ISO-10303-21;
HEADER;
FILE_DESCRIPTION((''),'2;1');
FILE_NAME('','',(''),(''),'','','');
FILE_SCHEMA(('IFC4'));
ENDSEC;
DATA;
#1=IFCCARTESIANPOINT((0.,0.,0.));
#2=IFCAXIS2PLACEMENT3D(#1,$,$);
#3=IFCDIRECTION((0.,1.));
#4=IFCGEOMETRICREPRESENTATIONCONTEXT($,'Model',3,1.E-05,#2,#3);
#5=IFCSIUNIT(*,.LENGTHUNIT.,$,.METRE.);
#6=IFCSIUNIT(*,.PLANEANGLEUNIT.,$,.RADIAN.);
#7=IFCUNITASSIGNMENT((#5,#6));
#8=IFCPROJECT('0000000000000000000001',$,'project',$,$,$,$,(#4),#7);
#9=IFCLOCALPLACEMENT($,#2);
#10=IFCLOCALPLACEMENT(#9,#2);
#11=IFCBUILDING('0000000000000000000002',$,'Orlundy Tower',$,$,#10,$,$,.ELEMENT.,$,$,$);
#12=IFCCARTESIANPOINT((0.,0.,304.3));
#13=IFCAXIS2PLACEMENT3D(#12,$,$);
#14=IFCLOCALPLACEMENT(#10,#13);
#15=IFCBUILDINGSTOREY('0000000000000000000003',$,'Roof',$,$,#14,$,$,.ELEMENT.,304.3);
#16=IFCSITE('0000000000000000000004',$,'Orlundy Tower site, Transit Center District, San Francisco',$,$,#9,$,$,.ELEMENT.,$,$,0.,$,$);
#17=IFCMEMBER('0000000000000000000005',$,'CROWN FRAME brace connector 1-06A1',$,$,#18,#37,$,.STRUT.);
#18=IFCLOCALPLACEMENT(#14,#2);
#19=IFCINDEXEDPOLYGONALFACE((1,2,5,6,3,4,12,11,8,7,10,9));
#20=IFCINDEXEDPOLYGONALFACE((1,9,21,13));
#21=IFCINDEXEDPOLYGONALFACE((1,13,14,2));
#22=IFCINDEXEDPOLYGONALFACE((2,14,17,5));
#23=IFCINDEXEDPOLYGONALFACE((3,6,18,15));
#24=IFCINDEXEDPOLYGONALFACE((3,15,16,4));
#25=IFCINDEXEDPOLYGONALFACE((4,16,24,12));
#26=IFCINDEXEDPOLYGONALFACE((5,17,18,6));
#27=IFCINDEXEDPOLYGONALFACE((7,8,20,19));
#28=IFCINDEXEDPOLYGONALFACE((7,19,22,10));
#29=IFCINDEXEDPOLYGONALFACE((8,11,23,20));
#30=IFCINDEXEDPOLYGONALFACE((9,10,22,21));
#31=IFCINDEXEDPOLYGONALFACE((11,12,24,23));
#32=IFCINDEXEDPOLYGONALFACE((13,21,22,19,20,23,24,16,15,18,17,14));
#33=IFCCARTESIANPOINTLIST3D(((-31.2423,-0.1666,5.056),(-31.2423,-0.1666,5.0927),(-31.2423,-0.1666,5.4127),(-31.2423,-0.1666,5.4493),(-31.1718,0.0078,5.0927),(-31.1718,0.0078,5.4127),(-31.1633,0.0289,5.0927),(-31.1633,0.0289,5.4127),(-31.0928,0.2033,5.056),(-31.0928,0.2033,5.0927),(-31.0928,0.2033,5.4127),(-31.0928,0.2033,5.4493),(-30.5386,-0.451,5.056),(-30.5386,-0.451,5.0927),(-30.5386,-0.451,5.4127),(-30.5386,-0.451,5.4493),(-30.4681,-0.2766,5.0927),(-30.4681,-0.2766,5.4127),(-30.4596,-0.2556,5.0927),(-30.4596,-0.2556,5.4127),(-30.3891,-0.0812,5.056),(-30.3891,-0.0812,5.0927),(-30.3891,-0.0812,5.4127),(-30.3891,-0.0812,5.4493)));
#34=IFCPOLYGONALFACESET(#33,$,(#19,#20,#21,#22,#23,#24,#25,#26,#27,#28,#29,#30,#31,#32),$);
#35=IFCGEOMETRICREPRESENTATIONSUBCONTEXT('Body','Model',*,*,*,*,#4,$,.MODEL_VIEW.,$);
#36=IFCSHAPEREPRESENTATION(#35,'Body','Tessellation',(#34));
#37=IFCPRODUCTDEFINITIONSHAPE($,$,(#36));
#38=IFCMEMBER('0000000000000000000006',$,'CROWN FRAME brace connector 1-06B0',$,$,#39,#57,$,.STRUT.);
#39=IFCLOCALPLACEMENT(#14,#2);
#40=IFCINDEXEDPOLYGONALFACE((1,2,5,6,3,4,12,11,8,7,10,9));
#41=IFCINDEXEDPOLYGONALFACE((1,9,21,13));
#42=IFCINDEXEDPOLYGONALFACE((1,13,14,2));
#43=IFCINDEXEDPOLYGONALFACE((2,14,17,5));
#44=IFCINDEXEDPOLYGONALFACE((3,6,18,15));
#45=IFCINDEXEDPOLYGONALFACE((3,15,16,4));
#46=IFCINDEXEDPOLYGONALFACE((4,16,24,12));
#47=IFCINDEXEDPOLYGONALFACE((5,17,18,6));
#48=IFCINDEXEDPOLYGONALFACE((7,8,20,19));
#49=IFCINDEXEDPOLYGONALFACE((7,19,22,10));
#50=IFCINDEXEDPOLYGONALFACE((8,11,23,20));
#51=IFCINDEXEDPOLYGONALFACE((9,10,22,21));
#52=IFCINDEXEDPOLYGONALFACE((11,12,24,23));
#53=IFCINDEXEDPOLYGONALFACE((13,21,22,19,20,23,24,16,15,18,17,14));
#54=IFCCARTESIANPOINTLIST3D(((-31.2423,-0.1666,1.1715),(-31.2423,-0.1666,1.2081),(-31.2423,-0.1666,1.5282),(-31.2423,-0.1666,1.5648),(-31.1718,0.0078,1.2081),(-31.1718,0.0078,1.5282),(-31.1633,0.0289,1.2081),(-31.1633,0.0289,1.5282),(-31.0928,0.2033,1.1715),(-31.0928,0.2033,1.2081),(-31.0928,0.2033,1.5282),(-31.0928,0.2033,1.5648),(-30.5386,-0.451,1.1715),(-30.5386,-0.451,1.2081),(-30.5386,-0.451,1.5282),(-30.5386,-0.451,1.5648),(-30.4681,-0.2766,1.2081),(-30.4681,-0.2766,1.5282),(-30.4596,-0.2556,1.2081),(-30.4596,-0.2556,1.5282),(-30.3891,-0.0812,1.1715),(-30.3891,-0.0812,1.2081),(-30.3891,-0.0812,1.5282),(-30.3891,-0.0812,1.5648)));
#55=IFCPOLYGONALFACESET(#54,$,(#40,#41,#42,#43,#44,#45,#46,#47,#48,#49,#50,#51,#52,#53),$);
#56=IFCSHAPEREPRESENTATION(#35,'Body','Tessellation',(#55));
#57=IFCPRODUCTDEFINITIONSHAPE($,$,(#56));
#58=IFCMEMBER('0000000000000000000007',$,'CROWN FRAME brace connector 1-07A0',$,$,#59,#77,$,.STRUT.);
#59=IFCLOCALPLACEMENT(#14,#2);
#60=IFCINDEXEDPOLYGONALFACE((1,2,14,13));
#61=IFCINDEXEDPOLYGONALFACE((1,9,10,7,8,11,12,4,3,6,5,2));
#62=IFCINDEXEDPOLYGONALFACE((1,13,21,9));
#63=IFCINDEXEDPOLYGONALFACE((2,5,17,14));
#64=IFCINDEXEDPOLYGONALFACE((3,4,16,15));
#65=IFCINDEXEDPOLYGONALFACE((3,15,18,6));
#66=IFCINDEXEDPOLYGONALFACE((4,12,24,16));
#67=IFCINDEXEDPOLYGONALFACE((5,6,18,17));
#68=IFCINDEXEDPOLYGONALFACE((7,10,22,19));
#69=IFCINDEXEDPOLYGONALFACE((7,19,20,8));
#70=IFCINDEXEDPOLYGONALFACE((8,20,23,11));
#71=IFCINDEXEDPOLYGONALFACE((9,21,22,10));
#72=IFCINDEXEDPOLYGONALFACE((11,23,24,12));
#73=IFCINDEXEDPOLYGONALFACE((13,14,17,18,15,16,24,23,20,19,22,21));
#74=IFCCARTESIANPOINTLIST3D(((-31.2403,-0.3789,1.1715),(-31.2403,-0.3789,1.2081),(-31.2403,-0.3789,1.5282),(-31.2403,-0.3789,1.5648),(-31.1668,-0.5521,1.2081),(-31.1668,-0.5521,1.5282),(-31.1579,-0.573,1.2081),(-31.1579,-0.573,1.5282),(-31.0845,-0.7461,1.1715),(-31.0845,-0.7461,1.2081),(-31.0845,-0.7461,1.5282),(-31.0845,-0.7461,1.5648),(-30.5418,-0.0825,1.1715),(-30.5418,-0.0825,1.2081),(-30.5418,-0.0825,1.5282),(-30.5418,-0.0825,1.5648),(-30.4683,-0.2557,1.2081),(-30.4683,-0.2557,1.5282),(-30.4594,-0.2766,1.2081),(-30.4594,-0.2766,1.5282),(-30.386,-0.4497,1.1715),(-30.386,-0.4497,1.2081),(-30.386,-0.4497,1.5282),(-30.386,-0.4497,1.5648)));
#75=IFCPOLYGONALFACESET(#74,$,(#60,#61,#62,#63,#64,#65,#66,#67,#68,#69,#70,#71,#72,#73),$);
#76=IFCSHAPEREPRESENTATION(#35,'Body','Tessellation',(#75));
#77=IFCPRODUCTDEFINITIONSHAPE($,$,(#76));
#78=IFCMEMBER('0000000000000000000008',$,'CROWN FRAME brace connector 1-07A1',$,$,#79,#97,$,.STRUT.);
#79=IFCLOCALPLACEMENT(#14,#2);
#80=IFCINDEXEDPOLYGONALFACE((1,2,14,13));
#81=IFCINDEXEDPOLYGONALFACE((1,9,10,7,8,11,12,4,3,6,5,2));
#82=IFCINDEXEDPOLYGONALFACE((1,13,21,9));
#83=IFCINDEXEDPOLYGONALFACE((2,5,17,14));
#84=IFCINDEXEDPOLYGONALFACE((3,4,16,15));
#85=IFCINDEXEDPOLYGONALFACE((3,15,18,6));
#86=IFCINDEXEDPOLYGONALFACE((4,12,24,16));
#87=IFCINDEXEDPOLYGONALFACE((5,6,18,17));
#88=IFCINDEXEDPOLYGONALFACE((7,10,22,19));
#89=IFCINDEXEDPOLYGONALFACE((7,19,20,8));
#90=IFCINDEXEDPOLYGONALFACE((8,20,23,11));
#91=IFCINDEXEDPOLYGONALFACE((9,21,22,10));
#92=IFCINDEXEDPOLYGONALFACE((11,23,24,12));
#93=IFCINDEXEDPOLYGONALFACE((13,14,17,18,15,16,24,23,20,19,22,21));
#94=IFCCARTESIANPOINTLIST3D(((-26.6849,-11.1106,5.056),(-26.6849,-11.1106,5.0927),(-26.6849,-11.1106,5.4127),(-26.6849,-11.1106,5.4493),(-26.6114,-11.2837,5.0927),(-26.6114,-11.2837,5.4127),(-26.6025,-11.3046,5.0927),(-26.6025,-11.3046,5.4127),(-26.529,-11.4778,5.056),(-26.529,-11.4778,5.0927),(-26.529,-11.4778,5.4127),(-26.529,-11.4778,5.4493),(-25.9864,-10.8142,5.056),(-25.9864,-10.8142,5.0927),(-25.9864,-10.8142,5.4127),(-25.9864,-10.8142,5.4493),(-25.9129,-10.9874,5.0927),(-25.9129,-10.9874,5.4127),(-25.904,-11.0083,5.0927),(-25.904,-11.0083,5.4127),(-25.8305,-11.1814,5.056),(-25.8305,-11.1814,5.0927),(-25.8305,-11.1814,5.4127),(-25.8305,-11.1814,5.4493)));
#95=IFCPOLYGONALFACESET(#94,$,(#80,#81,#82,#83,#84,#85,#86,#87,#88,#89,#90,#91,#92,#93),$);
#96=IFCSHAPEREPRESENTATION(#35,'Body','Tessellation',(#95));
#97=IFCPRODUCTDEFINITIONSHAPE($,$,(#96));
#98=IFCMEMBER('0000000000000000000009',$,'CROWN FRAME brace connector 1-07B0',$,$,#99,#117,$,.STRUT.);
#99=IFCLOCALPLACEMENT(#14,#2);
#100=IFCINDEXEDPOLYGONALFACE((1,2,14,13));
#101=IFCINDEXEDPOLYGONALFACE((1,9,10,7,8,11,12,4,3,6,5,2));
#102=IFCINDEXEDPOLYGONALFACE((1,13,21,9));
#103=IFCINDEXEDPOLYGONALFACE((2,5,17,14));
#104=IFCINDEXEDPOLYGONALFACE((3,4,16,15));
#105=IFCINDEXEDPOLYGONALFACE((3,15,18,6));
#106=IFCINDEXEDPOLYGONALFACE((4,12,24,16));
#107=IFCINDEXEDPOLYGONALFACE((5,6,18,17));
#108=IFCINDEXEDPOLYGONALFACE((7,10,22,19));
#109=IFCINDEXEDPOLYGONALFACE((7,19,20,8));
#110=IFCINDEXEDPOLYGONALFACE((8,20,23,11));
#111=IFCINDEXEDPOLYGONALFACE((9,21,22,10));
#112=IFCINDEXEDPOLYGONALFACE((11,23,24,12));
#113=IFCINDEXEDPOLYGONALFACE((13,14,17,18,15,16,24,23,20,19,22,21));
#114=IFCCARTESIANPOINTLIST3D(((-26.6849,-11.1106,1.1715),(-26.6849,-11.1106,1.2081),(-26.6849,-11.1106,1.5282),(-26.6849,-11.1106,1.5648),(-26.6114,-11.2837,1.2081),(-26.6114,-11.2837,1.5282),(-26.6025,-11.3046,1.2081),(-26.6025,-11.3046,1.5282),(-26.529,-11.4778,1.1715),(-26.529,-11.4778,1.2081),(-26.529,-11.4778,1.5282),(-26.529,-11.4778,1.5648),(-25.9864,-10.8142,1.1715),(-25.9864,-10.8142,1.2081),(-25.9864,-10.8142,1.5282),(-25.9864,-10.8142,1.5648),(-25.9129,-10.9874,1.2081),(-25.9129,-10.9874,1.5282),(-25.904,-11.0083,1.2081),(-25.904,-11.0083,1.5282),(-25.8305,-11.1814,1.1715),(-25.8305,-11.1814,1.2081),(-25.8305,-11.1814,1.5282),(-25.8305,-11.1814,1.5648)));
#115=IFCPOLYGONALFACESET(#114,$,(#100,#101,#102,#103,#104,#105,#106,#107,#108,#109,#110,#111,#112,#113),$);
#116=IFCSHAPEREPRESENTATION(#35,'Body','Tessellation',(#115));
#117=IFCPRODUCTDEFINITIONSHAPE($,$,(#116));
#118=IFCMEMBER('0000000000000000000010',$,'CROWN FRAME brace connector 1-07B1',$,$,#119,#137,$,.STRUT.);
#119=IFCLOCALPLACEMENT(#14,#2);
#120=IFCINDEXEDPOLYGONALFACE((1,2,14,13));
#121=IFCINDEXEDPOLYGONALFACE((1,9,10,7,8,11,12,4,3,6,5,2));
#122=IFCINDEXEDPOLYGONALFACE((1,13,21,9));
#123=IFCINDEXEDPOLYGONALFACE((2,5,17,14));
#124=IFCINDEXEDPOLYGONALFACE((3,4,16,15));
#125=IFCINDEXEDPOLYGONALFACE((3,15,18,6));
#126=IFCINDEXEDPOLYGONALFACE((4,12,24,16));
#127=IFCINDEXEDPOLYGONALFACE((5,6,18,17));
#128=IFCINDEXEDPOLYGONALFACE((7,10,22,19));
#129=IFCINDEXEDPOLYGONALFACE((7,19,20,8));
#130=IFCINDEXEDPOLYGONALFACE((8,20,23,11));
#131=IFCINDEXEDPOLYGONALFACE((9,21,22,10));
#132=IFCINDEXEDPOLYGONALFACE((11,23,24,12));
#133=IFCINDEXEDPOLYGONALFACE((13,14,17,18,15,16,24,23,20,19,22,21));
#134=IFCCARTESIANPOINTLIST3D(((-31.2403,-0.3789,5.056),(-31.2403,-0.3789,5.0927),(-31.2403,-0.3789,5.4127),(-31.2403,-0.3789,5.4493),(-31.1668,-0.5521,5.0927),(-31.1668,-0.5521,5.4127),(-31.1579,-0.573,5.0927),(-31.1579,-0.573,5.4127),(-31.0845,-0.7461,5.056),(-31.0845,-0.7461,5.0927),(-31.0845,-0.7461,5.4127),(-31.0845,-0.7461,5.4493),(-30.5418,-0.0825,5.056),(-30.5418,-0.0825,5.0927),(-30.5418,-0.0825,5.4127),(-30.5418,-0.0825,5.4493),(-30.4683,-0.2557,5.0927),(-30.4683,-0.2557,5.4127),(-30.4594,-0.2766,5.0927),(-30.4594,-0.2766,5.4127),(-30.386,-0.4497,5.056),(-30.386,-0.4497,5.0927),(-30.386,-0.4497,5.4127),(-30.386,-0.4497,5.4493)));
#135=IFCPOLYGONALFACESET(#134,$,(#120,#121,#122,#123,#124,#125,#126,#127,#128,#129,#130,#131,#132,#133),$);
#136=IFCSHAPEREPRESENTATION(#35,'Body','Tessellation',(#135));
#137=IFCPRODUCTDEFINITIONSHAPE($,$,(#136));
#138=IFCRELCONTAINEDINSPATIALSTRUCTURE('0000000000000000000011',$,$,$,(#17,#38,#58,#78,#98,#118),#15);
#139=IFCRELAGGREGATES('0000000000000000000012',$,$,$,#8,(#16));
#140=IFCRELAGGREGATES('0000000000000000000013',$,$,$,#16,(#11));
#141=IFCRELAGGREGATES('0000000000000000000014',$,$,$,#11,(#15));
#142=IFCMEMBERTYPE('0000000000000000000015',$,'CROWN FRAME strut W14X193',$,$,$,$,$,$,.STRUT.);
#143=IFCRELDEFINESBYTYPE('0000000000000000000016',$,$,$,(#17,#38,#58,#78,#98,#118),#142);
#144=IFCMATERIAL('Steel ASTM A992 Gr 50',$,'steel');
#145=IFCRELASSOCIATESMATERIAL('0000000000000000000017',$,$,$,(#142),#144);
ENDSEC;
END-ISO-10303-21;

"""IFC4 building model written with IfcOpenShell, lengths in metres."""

from ifc_helpers import new_model, si_unit, direction, frame, origin, origin_2d, place, context, subcontext, project, spatial, i_section, extrude, material, material_profile, profile_set, type_object, element, save


model = new_model("IFC4")

# Units and contexts
model_context = context("Model", 3, precision=1e-05, world=origin(), true_north=direction((0.0, 1.0)))
body_context = subcontext(model_context, "Body", "Model", "MODEL_VIEW")
ifc_project = project(units=[si_unit("LENGTHUNIT", "METRE"), si_unit("PLANEANGLEUNIT", "RADIAN")], contexts=[model_context])

# Site, building, storey
site_placement = place(None, origin())
site = spatial("IfcSite", under=ifc_project, at=site_placement, Name="Orlundy Tower site, Transit Center District, San Francisco", CompositionType="ELEMENT", RefElevation=0.0)
building_placement = place(site_placement, origin())
building = spatial("IfcBuilding", under=site, at=building_placement, Name="Orlundy Tower", CompositionType="ELEMENT")
storey_placement = place(building_placement, frame((0.0, 0.0, 304.3)))
storey = spatial("IfcBuildingStorey", under=building, at=storey_placement, Name="Roof", CompositionType="ELEMENT", Elevation=304.3)

# Members
ifc_material_1 = material(Name="Steel ASTM A992 Gr 50", Category="steel")
ifc_material_profile_1 = material_profile(ifc_material_1, i_section(OverallWidth=0.3989, OverallDepth=0.3933, WebThickness=0.0227, FlangeThickness=0.0366, at=origin_2d()), Name="W14X193")
ifc_profile_set_1 = profile_set([ifc_material_profile_1], Name="Steel ASTM A992 Gr 50")
member_type_1 = type_object("IfcMemberType", Name="CROWN FRAME strut W14X193", PredefinedType="STRUT", material=ifc_profile_set_1)
for number, where, z_axis, x_axis, name in (
    (1, (-30.4639, -0.2661, 5.2527), (-0.927117, 0.374772, 0.0), (-0.374772, -0.927117, 0.0), "CROWN FRAME brace connector 1-06A1"),
    (2, (-30.4639, -0.2661, 1.3682), (-0.927117, 0.374772, 0.0), (-0.374772, -0.927117, 0.0), "CROWN FRAME brace connector 1-06B0"),
):
    element("IfcMember", number, at=place(storey_placement, frame(where, z_axis=z_axis, x_axis=x_axis)), inside=storey, type_object=member_type_1, Name=name, PredefinedType="STRUT", context=body_context, shape_type="SweptSolid", body=[
        extrude(i_section(OverallWidth=0.3989, OverallDepth=0.3933, WebThickness=0.0227, FlangeThickness=0.0366, at=origin_2d()), origin(), (0.0, 0.0, 1.0), 0.759),
    ])
for number, where, z_axis, x_axis, name in (
    (3, (-30.4639, -0.2661, 1.3682), (-0.920554, -0.390616, 0.0), (0.390616, -0.920554, 0.0), "CROWN FRAME brace connector 1-07A0"),
    (4, (-25.9084, -10.9978, 5.2527), (-0.920554, -0.390616, 0.0), (0.390616, -0.920554, 0.0), "CROWN FRAME brace connector 1-07A1"),
    (5, (-25.9084, -10.9978, 1.3682), (-0.920554, -0.390616, 0.0), (0.390616, -0.920554, 0.0), "CROWN FRAME brace connector 1-07B0"),
    (6, (-30.4639, -0.2661, 5.2527), (-0.920554, -0.390616, 0.0), (0.390616, -0.920554, 0.0), "CROWN FRAME brace connector 1-07B1"),
):
    element("IfcMember", number, at=place(storey_placement, frame(where, z_axis=z_axis, x_axis=x_axis)), inside=storey, type_object=member_type_1, Name=name, PredefinedType="STRUT", context=body_context, shape_type="SweptSolid", body=[
        extrude(i_section(OverallWidth=0.3989, OverallDepth=0.3933, WebThickness=0.0227, FlangeThickness=0.0366, at=origin_2d()), origin(), (0.0, 0.0, 1.0), 0.7588),
    ])

save(model, "model.ifc")
